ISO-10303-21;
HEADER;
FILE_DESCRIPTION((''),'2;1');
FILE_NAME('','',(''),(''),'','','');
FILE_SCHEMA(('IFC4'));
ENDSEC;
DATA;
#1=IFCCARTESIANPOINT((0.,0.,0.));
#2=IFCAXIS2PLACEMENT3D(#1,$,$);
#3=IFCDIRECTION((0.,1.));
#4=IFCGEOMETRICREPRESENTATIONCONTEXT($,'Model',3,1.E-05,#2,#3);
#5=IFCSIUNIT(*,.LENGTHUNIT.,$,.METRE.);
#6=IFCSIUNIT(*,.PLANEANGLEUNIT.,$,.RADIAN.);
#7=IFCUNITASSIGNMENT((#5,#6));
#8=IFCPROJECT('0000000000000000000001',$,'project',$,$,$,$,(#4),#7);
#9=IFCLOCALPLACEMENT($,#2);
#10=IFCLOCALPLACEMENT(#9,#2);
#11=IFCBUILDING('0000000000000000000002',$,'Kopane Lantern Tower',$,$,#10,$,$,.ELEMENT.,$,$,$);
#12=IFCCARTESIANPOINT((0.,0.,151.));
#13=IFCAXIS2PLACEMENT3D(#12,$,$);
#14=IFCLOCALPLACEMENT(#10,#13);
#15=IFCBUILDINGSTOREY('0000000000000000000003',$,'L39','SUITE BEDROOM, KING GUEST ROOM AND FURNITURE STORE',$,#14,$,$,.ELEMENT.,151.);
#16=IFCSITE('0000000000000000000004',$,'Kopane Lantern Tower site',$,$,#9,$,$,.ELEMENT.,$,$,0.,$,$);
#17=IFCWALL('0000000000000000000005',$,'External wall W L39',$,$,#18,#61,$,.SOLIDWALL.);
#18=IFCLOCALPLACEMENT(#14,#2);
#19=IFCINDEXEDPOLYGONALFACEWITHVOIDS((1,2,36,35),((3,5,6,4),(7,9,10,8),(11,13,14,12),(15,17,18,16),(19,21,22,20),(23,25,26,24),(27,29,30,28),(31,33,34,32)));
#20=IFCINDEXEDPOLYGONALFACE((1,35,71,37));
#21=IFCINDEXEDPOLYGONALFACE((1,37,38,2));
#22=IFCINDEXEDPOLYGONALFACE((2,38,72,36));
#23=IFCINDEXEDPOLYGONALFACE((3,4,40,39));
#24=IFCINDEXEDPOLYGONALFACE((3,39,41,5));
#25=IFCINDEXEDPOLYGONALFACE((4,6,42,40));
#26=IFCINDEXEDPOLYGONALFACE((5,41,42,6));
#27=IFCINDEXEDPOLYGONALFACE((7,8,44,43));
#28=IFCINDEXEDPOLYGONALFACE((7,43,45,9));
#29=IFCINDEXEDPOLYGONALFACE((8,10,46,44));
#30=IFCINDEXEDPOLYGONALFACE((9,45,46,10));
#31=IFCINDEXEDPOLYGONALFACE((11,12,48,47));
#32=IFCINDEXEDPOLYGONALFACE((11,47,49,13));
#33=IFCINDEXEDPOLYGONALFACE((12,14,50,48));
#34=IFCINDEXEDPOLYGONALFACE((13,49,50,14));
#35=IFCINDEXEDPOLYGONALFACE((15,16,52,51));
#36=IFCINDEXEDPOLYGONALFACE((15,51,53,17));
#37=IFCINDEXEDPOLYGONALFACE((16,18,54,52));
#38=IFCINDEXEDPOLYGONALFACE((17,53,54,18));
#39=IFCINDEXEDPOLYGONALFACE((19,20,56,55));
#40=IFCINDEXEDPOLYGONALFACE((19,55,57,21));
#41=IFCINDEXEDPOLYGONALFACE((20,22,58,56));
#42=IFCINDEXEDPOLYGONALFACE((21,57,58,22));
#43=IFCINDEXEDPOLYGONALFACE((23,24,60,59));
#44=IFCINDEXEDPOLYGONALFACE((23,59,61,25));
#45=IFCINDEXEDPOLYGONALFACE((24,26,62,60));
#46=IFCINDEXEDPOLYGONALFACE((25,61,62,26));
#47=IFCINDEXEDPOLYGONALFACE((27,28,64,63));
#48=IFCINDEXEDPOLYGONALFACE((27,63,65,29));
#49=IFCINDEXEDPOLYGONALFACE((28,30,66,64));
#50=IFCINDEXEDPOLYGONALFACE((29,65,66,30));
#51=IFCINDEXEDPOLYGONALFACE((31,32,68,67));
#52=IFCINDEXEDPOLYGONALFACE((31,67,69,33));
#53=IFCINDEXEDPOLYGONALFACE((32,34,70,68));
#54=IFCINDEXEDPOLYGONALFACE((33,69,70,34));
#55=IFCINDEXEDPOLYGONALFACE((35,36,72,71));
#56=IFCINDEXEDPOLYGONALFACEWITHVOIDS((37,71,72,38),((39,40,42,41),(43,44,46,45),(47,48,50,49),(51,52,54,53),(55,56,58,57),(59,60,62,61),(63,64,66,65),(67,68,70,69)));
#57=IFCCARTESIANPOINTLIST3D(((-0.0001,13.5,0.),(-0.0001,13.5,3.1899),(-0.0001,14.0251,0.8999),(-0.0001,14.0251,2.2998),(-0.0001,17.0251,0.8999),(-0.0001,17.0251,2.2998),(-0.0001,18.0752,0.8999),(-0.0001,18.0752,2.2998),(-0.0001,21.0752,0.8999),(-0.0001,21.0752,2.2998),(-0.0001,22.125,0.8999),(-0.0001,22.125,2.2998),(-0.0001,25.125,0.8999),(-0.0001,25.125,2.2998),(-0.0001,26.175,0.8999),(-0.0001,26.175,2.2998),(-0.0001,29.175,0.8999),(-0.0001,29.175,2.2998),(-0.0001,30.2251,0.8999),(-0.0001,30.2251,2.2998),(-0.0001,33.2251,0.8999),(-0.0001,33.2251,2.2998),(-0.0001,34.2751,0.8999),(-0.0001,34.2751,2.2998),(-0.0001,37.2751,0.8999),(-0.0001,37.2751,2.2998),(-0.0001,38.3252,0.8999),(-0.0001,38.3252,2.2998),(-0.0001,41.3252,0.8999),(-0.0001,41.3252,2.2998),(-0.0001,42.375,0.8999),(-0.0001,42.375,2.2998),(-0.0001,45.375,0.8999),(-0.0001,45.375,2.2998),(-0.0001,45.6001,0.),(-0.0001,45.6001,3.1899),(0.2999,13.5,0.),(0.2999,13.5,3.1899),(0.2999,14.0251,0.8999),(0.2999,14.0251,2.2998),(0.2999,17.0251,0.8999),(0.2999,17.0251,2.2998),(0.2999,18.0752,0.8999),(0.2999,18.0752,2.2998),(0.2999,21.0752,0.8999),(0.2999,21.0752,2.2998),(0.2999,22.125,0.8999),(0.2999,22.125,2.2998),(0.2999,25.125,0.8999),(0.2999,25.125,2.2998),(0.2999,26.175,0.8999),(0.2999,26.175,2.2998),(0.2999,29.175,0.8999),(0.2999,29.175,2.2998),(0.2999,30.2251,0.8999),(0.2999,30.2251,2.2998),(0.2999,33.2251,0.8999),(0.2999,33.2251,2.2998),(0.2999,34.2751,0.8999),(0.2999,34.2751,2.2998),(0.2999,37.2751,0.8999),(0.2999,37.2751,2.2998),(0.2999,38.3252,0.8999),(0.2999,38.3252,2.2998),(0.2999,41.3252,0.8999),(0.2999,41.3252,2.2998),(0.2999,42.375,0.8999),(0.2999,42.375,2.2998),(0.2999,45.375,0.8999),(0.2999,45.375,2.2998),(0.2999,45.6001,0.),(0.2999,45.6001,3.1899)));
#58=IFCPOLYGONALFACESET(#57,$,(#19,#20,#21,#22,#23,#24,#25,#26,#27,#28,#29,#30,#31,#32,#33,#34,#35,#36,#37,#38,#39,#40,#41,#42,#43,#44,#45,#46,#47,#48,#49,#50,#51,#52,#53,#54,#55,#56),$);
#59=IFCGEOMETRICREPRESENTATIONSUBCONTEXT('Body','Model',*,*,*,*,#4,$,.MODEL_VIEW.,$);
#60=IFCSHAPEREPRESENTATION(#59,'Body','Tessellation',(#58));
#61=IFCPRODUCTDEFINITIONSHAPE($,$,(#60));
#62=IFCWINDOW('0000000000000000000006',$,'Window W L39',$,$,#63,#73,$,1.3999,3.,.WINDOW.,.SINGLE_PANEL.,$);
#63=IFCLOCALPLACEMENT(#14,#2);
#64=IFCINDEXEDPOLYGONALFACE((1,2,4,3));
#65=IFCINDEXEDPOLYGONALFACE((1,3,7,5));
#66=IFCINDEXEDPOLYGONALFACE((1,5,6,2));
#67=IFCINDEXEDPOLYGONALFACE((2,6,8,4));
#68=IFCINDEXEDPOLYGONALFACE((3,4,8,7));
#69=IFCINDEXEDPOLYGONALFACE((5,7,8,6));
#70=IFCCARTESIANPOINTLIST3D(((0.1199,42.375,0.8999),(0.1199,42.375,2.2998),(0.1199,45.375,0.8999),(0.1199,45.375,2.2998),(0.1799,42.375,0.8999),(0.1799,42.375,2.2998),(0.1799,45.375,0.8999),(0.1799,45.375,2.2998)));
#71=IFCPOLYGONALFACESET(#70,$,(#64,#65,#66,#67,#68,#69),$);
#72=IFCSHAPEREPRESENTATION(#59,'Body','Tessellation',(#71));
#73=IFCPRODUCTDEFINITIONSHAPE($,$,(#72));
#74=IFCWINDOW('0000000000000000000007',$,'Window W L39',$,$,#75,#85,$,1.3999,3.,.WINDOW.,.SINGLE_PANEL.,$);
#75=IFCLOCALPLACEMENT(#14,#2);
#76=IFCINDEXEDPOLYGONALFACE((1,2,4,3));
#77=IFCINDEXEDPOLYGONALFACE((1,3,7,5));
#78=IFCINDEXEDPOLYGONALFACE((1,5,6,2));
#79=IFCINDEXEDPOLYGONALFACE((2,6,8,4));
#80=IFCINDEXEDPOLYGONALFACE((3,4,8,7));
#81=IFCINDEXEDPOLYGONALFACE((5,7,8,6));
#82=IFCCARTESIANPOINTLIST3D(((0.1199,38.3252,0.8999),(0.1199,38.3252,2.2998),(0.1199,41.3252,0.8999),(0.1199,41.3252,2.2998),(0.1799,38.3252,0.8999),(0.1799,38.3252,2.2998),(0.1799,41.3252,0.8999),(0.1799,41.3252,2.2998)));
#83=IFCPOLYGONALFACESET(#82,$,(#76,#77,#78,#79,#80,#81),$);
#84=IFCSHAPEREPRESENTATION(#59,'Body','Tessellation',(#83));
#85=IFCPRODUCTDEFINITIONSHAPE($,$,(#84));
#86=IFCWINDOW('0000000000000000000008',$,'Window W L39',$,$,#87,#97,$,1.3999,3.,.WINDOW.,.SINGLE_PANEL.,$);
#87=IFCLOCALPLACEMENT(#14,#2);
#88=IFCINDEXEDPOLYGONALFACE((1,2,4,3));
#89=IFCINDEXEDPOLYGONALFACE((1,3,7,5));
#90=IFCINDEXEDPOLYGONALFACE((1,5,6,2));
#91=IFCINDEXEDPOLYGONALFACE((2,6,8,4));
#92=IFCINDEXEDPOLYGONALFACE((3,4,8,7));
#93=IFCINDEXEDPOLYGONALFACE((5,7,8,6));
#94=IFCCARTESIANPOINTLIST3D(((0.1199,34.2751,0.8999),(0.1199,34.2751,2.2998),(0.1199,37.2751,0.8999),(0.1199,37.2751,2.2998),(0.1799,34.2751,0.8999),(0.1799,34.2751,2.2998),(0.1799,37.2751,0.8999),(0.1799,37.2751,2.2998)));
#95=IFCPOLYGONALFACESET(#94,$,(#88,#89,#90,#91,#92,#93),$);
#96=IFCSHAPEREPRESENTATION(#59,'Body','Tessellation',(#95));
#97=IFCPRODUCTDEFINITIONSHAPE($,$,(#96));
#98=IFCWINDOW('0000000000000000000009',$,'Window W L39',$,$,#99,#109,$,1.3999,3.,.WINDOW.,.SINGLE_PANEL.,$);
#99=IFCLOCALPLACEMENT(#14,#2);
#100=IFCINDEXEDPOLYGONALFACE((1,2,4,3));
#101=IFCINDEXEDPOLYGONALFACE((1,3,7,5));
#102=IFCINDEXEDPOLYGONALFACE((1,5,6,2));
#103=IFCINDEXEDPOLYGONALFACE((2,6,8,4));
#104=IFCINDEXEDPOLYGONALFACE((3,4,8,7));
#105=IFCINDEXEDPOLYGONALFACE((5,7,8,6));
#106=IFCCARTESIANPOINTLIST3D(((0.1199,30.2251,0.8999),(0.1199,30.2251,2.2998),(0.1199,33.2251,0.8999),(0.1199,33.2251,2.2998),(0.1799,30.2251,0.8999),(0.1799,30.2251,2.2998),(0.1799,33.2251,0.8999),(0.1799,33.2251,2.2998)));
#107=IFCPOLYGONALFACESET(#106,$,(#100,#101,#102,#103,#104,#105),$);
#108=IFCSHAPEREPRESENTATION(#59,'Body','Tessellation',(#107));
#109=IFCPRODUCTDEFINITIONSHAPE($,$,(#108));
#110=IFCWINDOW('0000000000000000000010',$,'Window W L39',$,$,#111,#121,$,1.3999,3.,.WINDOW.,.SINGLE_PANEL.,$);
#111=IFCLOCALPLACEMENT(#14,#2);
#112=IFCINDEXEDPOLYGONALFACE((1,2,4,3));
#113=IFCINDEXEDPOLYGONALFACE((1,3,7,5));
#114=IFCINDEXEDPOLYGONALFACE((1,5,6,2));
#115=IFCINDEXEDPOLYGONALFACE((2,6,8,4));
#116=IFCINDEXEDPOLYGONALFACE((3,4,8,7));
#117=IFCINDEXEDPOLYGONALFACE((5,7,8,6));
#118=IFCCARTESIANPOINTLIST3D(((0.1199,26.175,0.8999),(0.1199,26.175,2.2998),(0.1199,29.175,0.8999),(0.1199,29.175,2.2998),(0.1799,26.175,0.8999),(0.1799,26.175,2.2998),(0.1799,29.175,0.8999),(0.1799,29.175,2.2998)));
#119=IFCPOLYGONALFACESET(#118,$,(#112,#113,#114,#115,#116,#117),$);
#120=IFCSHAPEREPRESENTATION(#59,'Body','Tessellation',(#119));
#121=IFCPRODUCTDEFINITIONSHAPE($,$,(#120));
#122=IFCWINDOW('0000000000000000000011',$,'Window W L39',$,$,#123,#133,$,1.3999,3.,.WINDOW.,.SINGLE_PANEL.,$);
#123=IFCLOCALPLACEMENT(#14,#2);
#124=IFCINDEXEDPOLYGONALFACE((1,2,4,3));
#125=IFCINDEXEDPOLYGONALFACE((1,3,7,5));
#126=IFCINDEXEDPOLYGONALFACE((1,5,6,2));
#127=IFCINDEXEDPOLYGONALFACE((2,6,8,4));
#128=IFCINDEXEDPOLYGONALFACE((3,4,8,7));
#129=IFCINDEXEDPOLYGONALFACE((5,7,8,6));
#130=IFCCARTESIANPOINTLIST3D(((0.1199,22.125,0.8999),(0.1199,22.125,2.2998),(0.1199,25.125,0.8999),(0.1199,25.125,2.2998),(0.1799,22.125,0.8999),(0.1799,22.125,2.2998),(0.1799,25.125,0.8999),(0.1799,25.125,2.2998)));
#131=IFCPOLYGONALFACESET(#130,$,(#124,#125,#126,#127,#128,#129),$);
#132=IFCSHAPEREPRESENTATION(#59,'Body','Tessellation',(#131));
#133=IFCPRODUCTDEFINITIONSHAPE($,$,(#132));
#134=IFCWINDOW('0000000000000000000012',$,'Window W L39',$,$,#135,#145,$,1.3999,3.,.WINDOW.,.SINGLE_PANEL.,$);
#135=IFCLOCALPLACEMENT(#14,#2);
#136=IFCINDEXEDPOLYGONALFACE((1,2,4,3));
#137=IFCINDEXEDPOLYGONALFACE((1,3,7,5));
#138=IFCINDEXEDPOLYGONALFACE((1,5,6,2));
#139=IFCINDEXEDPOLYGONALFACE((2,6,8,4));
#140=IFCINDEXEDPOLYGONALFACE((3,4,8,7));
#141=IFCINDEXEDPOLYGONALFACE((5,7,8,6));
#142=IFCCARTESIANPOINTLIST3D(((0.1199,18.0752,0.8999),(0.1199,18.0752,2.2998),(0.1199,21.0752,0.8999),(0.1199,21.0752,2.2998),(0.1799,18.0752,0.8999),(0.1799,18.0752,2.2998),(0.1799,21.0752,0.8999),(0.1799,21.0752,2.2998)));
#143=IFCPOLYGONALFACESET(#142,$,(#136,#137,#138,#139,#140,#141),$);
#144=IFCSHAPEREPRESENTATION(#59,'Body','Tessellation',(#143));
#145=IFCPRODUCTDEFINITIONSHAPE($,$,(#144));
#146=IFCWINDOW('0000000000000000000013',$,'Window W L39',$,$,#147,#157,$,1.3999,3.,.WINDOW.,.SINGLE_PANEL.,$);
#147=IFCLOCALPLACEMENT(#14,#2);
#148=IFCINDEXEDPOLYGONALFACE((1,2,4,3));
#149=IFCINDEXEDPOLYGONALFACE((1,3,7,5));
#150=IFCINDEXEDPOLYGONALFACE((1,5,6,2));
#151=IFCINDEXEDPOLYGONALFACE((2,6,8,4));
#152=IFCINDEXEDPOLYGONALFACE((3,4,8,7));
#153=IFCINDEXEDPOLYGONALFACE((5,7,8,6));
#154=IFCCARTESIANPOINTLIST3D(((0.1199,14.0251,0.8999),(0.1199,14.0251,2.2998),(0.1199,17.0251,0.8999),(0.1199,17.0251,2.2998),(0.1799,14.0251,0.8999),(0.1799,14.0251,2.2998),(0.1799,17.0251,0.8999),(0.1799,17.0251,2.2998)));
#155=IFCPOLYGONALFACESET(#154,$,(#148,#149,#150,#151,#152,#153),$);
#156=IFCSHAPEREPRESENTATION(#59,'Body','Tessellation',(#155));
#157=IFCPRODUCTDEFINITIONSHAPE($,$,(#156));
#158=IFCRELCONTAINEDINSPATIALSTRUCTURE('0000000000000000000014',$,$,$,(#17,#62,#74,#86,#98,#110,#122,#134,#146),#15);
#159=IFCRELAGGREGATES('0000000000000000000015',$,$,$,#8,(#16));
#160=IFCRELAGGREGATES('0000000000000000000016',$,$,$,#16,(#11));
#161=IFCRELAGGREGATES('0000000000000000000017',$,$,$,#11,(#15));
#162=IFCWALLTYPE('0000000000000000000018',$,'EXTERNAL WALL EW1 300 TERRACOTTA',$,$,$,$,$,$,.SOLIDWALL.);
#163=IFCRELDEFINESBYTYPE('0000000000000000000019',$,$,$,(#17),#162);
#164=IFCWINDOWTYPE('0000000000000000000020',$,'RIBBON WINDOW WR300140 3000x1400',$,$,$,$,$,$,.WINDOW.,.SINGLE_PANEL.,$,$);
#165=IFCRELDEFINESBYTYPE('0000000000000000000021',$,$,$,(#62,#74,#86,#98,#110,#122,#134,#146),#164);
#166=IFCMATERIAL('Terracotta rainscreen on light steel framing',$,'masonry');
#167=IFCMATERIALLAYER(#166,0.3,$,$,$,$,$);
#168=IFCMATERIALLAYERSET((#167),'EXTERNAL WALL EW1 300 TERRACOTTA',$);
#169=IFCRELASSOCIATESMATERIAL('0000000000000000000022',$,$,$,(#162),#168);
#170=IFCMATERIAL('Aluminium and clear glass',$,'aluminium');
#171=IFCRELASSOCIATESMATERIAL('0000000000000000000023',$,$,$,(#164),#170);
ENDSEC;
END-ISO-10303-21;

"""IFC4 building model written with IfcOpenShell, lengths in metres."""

from ifc_helpers import new_model, si_unit, direction, frame, frame_2d, origin, place, context, subcontext, project, spatial, rectangle, extrude, material, layer, layer_set, type_object, element, fill, save


model = new_model("IFC4")

# Units and contexts
model_context = context("Model", 3, precision=1e-05, world=origin(), true_north=direction((0.0, 1.0)))
body_context = subcontext(model_context, "Body", "Model", "MODEL_VIEW")
ifc_project = project(units=[si_unit("LENGTHUNIT", "METRE"), si_unit("PLANEANGLEUNIT", "RADIAN")], contexts=[model_context])

# Site, building, storey
site_placement = place(None, origin())
site = spatial("IfcSite", under=ifc_project, at=site_placement, Name="Kopane Lantern Tower site", CompositionType="ELEMENT", RefElevation=0.0)
building_placement = place(site_placement, origin())
building = spatial("IfcBuilding", under=site, at=building_placement, Name="Kopane Lantern Tower", CompositionType="ELEMENT")
storey_placement = place(building_placement, frame((0.0, 0.0, 151.0)))
storey = spatial("IfcBuildingStorey", under=building, at=storey_placement, Name="L39", Description="SUITE BEDROOM, KING GUEST ROOM AND FURNITURE STORE", CompositionType="ELEMENT", Elevation=151.0)

# Shared definitions
ifc_material_1 = material(Name="Terracotta rainscreen on light steel framing", Category="masonry")
ifc_layer_1 = layer(ifc_material_1, 0.3)
ifc_layer_set_1 = layer_set([ifc_layer_1], Name="EXTERNAL WALL EW1 300 TERRACOTTA")
wall_type_1 = type_object("IfcWallType", Name="EXTERNAL WALL EW1 300 TERRACOTTA", PredefinedType="SOLIDWALL", material=ifc_layer_set_1)
ifc_material_2 = material(Name="Aluminium and clear glass", Category="aluminium")
window_type = type_object("IfcWindowType", Name="RIBBON WINDOW WR300140 3000x1400", PartitioningType="SINGLE_PANEL", PredefinedType="WINDOW", material=ifc_material_2)

# Wall, openings, windows
wall_1_placement = place(storey_placement, frame((0.1499, 45.6001, 0.0), z_axis=(0.0, 0.0, 1.0), x_axis=(0.0, -1.0, 0.0)))
wall_1 = element("IfcWall", 1, at=wall_1_placement, inside=storey, type_object=wall_type_1, Name="External wall W L39", PredefinedType="SOLIDWALL", context=body_context, shape_type="SweptSolid", body=[
    extrude(rectangle(XDim=32.1001, YDim=0.3, at=frame_2d((16.05, 0.0))), origin(), (0.0, 0.0, 1.0), 3.1899),
])
opening_1_placement = place(wall_1_placement, frame((0.2251, 0.0, 0.8999)))
opening_1 = element("IfcOpeningElement", 2, at=opening_1_placement, cuts=wall_1, PredefinedType="OPENING", context=body_context, shape_type="SweptSolid", body=[
    extrude(rectangle(XDim=3.0, YDim=1.3999, at=frame_2d((1.5, 0.7))), frame((0.0, 0.1599, 0.0), z_axis=(0.0, -1.0, 0.0), x_axis=(1.0, 0.0, 0.0)), (0.0, 0.0, 1.0), 0.3201),
])
opening_2_placement = place(wall_1_placement, frame((4.2749, 0.0, 0.8999)))
opening_2 = element("IfcOpeningElement", 3, at=opening_2_placement, cuts=wall_1, PredefinedType="OPENING", context=body_context, shape_type="SweptSolid", body=[
    extrude(rectangle(XDim=3.0, YDim=1.3999, at=frame_2d((1.5, 0.7))), frame((0.0, 0.1599, 0.0), z_axis=(0.0, -1.0, 0.0), x_axis=(1.0, 0.0, 0.0)), (0.0, 0.0, 1.0), 0.3201),
])
opening_3_placement = place(wall_1_placement, frame((8.325, 0.0, 0.8999)))
opening_3 = element("IfcOpeningElement", 4, at=opening_3_placement, cuts=wall_1, PredefinedType="OPENING", context=body_context, shape_type="SweptSolid", body=[
    extrude(rectangle(XDim=3.0, YDim=1.3999, at=frame_2d((1.5, 0.7))), frame((0.0, 0.1599, 0.0), z_axis=(0.0, -1.0, 0.0), x_axis=(1.0, 0.0, 0.0)), (0.0, 0.0, 1.0), 0.3201),
])
opening_4_placement = place(wall_1_placement, frame((12.375, 0.0, 0.8999)))
opening_4 = element("IfcOpeningElement", 5, at=opening_4_placement, cuts=wall_1, PredefinedType="OPENING", context=body_context, shape_type="SweptSolid", body=[
    extrude(rectangle(XDim=3.0, YDim=1.3999, at=frame_2d((1.5, 0.7))), frame((0.0, 0.1599, 0.0), z_axis=(0.0, -1.0, 0.0), x_axis=(1.0, 0.0, 0.0)), (0.0, 0.0, 1.0), 0.3201),
])
opening_5_placement = place(wall_1_placement, frame((16.425, 0.0, 0.8999)))
opening_5 = element("IfcOpeningElement", 6, at=opening_5_placement, cuts=wall_1, PredefinedType="OPENING", context=body_context, shape_type="SweptSolid", body=[
    extrude(rectangle(XDim=3.0, YDim=1.3999, at=frame_2d((1.5, 0.7))), frame((0.0, 0.1599, 0.0), z_axis=(0.0, -1.0, 0.0), x_axis=(1.0, 0.0, 0.0)), (0.0, 0.0, 1.0), 0.3201),
])
opening_6_placement = place(wall_1_placement, frame((20.4751, 0.0, 0.8999)))
opening_6 = element("IfcOpeningElement", 7, at=opening_6_placement, cuts=wall_1, PredefinedType="OPENING", context=body_context, shape_type="SweptSolid", body=[
    extrude(rectangle(XDim=3.0, YDim=1.3999, at=frame_2d((1.5, 0.7))), frame((0.0, 0.1599, 0.0), z_axis=(0.0, -1.0, 0.0), x_axis=(1.0, 0.0, 0.0)), (0.0, 0.0, 1.0), 0.3201),
])
opening_7_placement = place(wall_1_placement, frame((24.5249, 0.0, 0.8999)))
opening_7 = element("IfcOpeningElement", 8, at=opening_7_placement, cuts=wall_1, PredefinedType="OPENING", context=body_context, shape_type="SweptSolid", body=[
    extrude(rectangle(XDim=3.0, YDim=1.3999, at=frame_2d((1.5, 0.7))), frame((0.0, 0.1599, 0.0), z_axis=(0.0, -1.0, 0.0), x_axis=(1.0, 0.0, 0.0)), (0.0, 0.0, 1.0), 0.3201),
])
opening_8_placement = place(wall_1_placement, frame((28.575, 0.0, 0.8999)))
opening_8 = element("IfcOpeningElement", 9, at=opening_8_placement, cuts=wall_1, PredefinedType="OPENING", context=body_context, shape_type="SweptSolid", body=[
    extrude(rectangle(XDim=3.0, YDim=1.3999, at=frame_2d((1.5, 0.7))), frame((0.0, 0.1599, 0.0), z_axis=(0.0, -1.0, 0.0), x_axis=(1.0, 0.0, 0.0)), (0.0, 0.0, 1.0), 0.3201),
])
window_1_placement = place(opening_1_placement, origin())
window_1 = element("IfcWindow", 10, at=window_1_placement, inside=storey, type_object=window_type, Name="Window W L39", OverallHeight=1.3999, OverallWidth=3.0, PartitioningType="SINGLE_PANEL", PredefinedType="WINDOW", context=body_context, shape_type="SweptSolid", body=[
    extrude(rectangle(XDim=3.0, YDim=1.3999, at=frame_2d((1.5, 0.7))), frame((0.0, 0.03, 0.0), z_axis=(0.0, -1.0, 0.0), x_axis=(1.0, 0.0, 0.0)), (0.0, 0.0, 1.0), 0.0601),
])
fill(opening_1, window_1)
window_2_placement = place(opening_2_placement, origin())
window_2 = element("IfcWindow", 11, at=window_2_placement, inside=storey, type_object=window_type, Name="Window W L39", OverallHeight=1.3999, OverallWidth=3.0, PartitioningType="SINGLE_PANEL", PredefinedType="WINDOW", context=body_context, shape_type="SweptSolid", body=[
    extrude(rectangle(XDim=3.0, YDim=1.3999, at=frame_2d((1.5, 0.7))), frame((0.0, 0.03, 0.0), z_axis=(0.0, -1.0, 0.0), x_axis=(1.0, 0.0, 0.0)), (0.0, 0.0, 1.0), 0.0601),
])
fill(opening_2, window_2)
window_3_placement = place(opening_3_placement, origin())
window_3 = element("IfcWindow", 12, at=window_3_placement, inside=storey, type_object=window_type, Name="Window W L39", OverallHeight=1.3999, OverallWidth=3.0, PartitioningType="SINGLE_PANEL", PredefinedType="WINDOW", context=body_context, shape_type="SweptSolid", body=[
    extrude(rectangle(XDim=3.0, YDim=1.3999, at=frame_2d((1.5, 0.7))), frame((0.0, 0.03, 0.0), z_axis=(0.0, -1.0, 0.0), x_axis=(1.0, 0.0, 0.0)), (0.0, 0.0, 1.0), 0.0601),
])
fill(opening_3, window_3)
window_4_placement = place(opening_4_placement, origin())
window_4 = element("IfcWindow", 13, at=window_4_placement, inside=storey, type_object=window_type, Name="Window W L39", OverallHeight=1.3999, OverallWidth=3.0, PartitioningType="SINGLE_PANEL", PredefinedType="WINDOW", context=body_context, shape_type="SweptSolid", body=[
    extrude(rectangle(XDim=3.0, YDim=1.3999, at=frame_2d((1.5, 0.7))), frame((0.0, 0.03, 0.0), z_axis=(0.0, -1.0, 0.0), x_axis=(1.0, 0.0, 0.0)), (0.0, 0.0, 1.0), 0.0601),
])
fill(opening_4, window_4)
window_5_placement = place(opening_5_placement, origin())
window_5 = element("IfcWindow", 14, at=window_5_placement, inside=storey, type_object=window_type, Name="Window W L39", OverallHeight=1.3999, OverallWidth=3.0, PartitioningType="SINGLE_PANEL", PredefinedType="WINDOW", context=body_context, shape_type="SweptSolid", body=[
    extrude(rectangle(XDim=3.0, YDim=1.3999, at=frame_2d((1.5, 0.7))), frame((0.0, 0.03, 0.0), z_axis=(0.0, -1.0, 0.0), x_axis=(1.0, 0.0, 0.0)), (0.0, 0.0, 1.0), 0.0601),
])
fill(opening_5, window_5)
window_6_placement = place(opening_6_placement, origin())
window_6 = element("IfcWindow", 15, at=window_6_placement, inside=storey, type_object=window_type, Name="Window W L39", OverallHeight=1.3999, OverallWidth=3.0, PartitioningType="SINGLE_PANEL", PredefinedType="WINDOW", context=body_context, shape_type="SweptSolid", body=[
    extrude(rectangle(XDim=3.0, YDim=1.3999, at=frame_2d((1.5, 0.7))), frame((0.0, 0.03, 0.0), z_axis=(0.0, -1.0, 0.0), x_axis=(1.0, 0.0, 0.0)), (0.0, 0.0, 1.0), 0.0601),
])
fill(opening_6, window_6)
window_7_placement = place(opening_7_placement, origin())
window_7 = element("IfcWindow", 16, at=window_7_placement, inside=storey, type_object=window_type, Name="Window W L39", OverallHeight=1.3999, OverallWidth=3.0, PartitioningType="SINGLE_PANEL", PredefinedType="WINDOW", context=body_context, shape_type="SweptSolid", body=[
    extrude(rectangle(XDim=3.0, YDim=1.3999, at=frame_2d((1.5, 0.7))), frame((0.0, 0.03, 0.0), z_axis=(0.0, -1.0, 0.0), x_axis=(1.0, 0.0, 0.0)), (0.0, 0.0, 1.0), 0.0601),
])
fill(opening_7, window_7)
window_8_placement = place(opening_8_placement, origin())
window_8 = element("IfcWindow", 17, at=window_8_placement, inside=storey, type_object=window_type, Name="Window W L39", OverallHeight=1.3999, OverallWidth=3.0, PartitioningType="SINGLE_PANEL", PredefinedType="WINDOW", context=body_context, shape_type="SweptSolid", body=[
    extrude(rectangle(XDim=3.0, YDim=1.3999, at=frame_2d((1.5, 0.7))), frame((0.0, 0.03, 0.0), z_axis=(0.0, -1.0, 0.0), x_axis=(1.0, 0.0, 0.0)), (0.0, 0.0, 1.0), 0.0601),
])
fill(opening_8, window_8)

save(model, "model.ifc")
